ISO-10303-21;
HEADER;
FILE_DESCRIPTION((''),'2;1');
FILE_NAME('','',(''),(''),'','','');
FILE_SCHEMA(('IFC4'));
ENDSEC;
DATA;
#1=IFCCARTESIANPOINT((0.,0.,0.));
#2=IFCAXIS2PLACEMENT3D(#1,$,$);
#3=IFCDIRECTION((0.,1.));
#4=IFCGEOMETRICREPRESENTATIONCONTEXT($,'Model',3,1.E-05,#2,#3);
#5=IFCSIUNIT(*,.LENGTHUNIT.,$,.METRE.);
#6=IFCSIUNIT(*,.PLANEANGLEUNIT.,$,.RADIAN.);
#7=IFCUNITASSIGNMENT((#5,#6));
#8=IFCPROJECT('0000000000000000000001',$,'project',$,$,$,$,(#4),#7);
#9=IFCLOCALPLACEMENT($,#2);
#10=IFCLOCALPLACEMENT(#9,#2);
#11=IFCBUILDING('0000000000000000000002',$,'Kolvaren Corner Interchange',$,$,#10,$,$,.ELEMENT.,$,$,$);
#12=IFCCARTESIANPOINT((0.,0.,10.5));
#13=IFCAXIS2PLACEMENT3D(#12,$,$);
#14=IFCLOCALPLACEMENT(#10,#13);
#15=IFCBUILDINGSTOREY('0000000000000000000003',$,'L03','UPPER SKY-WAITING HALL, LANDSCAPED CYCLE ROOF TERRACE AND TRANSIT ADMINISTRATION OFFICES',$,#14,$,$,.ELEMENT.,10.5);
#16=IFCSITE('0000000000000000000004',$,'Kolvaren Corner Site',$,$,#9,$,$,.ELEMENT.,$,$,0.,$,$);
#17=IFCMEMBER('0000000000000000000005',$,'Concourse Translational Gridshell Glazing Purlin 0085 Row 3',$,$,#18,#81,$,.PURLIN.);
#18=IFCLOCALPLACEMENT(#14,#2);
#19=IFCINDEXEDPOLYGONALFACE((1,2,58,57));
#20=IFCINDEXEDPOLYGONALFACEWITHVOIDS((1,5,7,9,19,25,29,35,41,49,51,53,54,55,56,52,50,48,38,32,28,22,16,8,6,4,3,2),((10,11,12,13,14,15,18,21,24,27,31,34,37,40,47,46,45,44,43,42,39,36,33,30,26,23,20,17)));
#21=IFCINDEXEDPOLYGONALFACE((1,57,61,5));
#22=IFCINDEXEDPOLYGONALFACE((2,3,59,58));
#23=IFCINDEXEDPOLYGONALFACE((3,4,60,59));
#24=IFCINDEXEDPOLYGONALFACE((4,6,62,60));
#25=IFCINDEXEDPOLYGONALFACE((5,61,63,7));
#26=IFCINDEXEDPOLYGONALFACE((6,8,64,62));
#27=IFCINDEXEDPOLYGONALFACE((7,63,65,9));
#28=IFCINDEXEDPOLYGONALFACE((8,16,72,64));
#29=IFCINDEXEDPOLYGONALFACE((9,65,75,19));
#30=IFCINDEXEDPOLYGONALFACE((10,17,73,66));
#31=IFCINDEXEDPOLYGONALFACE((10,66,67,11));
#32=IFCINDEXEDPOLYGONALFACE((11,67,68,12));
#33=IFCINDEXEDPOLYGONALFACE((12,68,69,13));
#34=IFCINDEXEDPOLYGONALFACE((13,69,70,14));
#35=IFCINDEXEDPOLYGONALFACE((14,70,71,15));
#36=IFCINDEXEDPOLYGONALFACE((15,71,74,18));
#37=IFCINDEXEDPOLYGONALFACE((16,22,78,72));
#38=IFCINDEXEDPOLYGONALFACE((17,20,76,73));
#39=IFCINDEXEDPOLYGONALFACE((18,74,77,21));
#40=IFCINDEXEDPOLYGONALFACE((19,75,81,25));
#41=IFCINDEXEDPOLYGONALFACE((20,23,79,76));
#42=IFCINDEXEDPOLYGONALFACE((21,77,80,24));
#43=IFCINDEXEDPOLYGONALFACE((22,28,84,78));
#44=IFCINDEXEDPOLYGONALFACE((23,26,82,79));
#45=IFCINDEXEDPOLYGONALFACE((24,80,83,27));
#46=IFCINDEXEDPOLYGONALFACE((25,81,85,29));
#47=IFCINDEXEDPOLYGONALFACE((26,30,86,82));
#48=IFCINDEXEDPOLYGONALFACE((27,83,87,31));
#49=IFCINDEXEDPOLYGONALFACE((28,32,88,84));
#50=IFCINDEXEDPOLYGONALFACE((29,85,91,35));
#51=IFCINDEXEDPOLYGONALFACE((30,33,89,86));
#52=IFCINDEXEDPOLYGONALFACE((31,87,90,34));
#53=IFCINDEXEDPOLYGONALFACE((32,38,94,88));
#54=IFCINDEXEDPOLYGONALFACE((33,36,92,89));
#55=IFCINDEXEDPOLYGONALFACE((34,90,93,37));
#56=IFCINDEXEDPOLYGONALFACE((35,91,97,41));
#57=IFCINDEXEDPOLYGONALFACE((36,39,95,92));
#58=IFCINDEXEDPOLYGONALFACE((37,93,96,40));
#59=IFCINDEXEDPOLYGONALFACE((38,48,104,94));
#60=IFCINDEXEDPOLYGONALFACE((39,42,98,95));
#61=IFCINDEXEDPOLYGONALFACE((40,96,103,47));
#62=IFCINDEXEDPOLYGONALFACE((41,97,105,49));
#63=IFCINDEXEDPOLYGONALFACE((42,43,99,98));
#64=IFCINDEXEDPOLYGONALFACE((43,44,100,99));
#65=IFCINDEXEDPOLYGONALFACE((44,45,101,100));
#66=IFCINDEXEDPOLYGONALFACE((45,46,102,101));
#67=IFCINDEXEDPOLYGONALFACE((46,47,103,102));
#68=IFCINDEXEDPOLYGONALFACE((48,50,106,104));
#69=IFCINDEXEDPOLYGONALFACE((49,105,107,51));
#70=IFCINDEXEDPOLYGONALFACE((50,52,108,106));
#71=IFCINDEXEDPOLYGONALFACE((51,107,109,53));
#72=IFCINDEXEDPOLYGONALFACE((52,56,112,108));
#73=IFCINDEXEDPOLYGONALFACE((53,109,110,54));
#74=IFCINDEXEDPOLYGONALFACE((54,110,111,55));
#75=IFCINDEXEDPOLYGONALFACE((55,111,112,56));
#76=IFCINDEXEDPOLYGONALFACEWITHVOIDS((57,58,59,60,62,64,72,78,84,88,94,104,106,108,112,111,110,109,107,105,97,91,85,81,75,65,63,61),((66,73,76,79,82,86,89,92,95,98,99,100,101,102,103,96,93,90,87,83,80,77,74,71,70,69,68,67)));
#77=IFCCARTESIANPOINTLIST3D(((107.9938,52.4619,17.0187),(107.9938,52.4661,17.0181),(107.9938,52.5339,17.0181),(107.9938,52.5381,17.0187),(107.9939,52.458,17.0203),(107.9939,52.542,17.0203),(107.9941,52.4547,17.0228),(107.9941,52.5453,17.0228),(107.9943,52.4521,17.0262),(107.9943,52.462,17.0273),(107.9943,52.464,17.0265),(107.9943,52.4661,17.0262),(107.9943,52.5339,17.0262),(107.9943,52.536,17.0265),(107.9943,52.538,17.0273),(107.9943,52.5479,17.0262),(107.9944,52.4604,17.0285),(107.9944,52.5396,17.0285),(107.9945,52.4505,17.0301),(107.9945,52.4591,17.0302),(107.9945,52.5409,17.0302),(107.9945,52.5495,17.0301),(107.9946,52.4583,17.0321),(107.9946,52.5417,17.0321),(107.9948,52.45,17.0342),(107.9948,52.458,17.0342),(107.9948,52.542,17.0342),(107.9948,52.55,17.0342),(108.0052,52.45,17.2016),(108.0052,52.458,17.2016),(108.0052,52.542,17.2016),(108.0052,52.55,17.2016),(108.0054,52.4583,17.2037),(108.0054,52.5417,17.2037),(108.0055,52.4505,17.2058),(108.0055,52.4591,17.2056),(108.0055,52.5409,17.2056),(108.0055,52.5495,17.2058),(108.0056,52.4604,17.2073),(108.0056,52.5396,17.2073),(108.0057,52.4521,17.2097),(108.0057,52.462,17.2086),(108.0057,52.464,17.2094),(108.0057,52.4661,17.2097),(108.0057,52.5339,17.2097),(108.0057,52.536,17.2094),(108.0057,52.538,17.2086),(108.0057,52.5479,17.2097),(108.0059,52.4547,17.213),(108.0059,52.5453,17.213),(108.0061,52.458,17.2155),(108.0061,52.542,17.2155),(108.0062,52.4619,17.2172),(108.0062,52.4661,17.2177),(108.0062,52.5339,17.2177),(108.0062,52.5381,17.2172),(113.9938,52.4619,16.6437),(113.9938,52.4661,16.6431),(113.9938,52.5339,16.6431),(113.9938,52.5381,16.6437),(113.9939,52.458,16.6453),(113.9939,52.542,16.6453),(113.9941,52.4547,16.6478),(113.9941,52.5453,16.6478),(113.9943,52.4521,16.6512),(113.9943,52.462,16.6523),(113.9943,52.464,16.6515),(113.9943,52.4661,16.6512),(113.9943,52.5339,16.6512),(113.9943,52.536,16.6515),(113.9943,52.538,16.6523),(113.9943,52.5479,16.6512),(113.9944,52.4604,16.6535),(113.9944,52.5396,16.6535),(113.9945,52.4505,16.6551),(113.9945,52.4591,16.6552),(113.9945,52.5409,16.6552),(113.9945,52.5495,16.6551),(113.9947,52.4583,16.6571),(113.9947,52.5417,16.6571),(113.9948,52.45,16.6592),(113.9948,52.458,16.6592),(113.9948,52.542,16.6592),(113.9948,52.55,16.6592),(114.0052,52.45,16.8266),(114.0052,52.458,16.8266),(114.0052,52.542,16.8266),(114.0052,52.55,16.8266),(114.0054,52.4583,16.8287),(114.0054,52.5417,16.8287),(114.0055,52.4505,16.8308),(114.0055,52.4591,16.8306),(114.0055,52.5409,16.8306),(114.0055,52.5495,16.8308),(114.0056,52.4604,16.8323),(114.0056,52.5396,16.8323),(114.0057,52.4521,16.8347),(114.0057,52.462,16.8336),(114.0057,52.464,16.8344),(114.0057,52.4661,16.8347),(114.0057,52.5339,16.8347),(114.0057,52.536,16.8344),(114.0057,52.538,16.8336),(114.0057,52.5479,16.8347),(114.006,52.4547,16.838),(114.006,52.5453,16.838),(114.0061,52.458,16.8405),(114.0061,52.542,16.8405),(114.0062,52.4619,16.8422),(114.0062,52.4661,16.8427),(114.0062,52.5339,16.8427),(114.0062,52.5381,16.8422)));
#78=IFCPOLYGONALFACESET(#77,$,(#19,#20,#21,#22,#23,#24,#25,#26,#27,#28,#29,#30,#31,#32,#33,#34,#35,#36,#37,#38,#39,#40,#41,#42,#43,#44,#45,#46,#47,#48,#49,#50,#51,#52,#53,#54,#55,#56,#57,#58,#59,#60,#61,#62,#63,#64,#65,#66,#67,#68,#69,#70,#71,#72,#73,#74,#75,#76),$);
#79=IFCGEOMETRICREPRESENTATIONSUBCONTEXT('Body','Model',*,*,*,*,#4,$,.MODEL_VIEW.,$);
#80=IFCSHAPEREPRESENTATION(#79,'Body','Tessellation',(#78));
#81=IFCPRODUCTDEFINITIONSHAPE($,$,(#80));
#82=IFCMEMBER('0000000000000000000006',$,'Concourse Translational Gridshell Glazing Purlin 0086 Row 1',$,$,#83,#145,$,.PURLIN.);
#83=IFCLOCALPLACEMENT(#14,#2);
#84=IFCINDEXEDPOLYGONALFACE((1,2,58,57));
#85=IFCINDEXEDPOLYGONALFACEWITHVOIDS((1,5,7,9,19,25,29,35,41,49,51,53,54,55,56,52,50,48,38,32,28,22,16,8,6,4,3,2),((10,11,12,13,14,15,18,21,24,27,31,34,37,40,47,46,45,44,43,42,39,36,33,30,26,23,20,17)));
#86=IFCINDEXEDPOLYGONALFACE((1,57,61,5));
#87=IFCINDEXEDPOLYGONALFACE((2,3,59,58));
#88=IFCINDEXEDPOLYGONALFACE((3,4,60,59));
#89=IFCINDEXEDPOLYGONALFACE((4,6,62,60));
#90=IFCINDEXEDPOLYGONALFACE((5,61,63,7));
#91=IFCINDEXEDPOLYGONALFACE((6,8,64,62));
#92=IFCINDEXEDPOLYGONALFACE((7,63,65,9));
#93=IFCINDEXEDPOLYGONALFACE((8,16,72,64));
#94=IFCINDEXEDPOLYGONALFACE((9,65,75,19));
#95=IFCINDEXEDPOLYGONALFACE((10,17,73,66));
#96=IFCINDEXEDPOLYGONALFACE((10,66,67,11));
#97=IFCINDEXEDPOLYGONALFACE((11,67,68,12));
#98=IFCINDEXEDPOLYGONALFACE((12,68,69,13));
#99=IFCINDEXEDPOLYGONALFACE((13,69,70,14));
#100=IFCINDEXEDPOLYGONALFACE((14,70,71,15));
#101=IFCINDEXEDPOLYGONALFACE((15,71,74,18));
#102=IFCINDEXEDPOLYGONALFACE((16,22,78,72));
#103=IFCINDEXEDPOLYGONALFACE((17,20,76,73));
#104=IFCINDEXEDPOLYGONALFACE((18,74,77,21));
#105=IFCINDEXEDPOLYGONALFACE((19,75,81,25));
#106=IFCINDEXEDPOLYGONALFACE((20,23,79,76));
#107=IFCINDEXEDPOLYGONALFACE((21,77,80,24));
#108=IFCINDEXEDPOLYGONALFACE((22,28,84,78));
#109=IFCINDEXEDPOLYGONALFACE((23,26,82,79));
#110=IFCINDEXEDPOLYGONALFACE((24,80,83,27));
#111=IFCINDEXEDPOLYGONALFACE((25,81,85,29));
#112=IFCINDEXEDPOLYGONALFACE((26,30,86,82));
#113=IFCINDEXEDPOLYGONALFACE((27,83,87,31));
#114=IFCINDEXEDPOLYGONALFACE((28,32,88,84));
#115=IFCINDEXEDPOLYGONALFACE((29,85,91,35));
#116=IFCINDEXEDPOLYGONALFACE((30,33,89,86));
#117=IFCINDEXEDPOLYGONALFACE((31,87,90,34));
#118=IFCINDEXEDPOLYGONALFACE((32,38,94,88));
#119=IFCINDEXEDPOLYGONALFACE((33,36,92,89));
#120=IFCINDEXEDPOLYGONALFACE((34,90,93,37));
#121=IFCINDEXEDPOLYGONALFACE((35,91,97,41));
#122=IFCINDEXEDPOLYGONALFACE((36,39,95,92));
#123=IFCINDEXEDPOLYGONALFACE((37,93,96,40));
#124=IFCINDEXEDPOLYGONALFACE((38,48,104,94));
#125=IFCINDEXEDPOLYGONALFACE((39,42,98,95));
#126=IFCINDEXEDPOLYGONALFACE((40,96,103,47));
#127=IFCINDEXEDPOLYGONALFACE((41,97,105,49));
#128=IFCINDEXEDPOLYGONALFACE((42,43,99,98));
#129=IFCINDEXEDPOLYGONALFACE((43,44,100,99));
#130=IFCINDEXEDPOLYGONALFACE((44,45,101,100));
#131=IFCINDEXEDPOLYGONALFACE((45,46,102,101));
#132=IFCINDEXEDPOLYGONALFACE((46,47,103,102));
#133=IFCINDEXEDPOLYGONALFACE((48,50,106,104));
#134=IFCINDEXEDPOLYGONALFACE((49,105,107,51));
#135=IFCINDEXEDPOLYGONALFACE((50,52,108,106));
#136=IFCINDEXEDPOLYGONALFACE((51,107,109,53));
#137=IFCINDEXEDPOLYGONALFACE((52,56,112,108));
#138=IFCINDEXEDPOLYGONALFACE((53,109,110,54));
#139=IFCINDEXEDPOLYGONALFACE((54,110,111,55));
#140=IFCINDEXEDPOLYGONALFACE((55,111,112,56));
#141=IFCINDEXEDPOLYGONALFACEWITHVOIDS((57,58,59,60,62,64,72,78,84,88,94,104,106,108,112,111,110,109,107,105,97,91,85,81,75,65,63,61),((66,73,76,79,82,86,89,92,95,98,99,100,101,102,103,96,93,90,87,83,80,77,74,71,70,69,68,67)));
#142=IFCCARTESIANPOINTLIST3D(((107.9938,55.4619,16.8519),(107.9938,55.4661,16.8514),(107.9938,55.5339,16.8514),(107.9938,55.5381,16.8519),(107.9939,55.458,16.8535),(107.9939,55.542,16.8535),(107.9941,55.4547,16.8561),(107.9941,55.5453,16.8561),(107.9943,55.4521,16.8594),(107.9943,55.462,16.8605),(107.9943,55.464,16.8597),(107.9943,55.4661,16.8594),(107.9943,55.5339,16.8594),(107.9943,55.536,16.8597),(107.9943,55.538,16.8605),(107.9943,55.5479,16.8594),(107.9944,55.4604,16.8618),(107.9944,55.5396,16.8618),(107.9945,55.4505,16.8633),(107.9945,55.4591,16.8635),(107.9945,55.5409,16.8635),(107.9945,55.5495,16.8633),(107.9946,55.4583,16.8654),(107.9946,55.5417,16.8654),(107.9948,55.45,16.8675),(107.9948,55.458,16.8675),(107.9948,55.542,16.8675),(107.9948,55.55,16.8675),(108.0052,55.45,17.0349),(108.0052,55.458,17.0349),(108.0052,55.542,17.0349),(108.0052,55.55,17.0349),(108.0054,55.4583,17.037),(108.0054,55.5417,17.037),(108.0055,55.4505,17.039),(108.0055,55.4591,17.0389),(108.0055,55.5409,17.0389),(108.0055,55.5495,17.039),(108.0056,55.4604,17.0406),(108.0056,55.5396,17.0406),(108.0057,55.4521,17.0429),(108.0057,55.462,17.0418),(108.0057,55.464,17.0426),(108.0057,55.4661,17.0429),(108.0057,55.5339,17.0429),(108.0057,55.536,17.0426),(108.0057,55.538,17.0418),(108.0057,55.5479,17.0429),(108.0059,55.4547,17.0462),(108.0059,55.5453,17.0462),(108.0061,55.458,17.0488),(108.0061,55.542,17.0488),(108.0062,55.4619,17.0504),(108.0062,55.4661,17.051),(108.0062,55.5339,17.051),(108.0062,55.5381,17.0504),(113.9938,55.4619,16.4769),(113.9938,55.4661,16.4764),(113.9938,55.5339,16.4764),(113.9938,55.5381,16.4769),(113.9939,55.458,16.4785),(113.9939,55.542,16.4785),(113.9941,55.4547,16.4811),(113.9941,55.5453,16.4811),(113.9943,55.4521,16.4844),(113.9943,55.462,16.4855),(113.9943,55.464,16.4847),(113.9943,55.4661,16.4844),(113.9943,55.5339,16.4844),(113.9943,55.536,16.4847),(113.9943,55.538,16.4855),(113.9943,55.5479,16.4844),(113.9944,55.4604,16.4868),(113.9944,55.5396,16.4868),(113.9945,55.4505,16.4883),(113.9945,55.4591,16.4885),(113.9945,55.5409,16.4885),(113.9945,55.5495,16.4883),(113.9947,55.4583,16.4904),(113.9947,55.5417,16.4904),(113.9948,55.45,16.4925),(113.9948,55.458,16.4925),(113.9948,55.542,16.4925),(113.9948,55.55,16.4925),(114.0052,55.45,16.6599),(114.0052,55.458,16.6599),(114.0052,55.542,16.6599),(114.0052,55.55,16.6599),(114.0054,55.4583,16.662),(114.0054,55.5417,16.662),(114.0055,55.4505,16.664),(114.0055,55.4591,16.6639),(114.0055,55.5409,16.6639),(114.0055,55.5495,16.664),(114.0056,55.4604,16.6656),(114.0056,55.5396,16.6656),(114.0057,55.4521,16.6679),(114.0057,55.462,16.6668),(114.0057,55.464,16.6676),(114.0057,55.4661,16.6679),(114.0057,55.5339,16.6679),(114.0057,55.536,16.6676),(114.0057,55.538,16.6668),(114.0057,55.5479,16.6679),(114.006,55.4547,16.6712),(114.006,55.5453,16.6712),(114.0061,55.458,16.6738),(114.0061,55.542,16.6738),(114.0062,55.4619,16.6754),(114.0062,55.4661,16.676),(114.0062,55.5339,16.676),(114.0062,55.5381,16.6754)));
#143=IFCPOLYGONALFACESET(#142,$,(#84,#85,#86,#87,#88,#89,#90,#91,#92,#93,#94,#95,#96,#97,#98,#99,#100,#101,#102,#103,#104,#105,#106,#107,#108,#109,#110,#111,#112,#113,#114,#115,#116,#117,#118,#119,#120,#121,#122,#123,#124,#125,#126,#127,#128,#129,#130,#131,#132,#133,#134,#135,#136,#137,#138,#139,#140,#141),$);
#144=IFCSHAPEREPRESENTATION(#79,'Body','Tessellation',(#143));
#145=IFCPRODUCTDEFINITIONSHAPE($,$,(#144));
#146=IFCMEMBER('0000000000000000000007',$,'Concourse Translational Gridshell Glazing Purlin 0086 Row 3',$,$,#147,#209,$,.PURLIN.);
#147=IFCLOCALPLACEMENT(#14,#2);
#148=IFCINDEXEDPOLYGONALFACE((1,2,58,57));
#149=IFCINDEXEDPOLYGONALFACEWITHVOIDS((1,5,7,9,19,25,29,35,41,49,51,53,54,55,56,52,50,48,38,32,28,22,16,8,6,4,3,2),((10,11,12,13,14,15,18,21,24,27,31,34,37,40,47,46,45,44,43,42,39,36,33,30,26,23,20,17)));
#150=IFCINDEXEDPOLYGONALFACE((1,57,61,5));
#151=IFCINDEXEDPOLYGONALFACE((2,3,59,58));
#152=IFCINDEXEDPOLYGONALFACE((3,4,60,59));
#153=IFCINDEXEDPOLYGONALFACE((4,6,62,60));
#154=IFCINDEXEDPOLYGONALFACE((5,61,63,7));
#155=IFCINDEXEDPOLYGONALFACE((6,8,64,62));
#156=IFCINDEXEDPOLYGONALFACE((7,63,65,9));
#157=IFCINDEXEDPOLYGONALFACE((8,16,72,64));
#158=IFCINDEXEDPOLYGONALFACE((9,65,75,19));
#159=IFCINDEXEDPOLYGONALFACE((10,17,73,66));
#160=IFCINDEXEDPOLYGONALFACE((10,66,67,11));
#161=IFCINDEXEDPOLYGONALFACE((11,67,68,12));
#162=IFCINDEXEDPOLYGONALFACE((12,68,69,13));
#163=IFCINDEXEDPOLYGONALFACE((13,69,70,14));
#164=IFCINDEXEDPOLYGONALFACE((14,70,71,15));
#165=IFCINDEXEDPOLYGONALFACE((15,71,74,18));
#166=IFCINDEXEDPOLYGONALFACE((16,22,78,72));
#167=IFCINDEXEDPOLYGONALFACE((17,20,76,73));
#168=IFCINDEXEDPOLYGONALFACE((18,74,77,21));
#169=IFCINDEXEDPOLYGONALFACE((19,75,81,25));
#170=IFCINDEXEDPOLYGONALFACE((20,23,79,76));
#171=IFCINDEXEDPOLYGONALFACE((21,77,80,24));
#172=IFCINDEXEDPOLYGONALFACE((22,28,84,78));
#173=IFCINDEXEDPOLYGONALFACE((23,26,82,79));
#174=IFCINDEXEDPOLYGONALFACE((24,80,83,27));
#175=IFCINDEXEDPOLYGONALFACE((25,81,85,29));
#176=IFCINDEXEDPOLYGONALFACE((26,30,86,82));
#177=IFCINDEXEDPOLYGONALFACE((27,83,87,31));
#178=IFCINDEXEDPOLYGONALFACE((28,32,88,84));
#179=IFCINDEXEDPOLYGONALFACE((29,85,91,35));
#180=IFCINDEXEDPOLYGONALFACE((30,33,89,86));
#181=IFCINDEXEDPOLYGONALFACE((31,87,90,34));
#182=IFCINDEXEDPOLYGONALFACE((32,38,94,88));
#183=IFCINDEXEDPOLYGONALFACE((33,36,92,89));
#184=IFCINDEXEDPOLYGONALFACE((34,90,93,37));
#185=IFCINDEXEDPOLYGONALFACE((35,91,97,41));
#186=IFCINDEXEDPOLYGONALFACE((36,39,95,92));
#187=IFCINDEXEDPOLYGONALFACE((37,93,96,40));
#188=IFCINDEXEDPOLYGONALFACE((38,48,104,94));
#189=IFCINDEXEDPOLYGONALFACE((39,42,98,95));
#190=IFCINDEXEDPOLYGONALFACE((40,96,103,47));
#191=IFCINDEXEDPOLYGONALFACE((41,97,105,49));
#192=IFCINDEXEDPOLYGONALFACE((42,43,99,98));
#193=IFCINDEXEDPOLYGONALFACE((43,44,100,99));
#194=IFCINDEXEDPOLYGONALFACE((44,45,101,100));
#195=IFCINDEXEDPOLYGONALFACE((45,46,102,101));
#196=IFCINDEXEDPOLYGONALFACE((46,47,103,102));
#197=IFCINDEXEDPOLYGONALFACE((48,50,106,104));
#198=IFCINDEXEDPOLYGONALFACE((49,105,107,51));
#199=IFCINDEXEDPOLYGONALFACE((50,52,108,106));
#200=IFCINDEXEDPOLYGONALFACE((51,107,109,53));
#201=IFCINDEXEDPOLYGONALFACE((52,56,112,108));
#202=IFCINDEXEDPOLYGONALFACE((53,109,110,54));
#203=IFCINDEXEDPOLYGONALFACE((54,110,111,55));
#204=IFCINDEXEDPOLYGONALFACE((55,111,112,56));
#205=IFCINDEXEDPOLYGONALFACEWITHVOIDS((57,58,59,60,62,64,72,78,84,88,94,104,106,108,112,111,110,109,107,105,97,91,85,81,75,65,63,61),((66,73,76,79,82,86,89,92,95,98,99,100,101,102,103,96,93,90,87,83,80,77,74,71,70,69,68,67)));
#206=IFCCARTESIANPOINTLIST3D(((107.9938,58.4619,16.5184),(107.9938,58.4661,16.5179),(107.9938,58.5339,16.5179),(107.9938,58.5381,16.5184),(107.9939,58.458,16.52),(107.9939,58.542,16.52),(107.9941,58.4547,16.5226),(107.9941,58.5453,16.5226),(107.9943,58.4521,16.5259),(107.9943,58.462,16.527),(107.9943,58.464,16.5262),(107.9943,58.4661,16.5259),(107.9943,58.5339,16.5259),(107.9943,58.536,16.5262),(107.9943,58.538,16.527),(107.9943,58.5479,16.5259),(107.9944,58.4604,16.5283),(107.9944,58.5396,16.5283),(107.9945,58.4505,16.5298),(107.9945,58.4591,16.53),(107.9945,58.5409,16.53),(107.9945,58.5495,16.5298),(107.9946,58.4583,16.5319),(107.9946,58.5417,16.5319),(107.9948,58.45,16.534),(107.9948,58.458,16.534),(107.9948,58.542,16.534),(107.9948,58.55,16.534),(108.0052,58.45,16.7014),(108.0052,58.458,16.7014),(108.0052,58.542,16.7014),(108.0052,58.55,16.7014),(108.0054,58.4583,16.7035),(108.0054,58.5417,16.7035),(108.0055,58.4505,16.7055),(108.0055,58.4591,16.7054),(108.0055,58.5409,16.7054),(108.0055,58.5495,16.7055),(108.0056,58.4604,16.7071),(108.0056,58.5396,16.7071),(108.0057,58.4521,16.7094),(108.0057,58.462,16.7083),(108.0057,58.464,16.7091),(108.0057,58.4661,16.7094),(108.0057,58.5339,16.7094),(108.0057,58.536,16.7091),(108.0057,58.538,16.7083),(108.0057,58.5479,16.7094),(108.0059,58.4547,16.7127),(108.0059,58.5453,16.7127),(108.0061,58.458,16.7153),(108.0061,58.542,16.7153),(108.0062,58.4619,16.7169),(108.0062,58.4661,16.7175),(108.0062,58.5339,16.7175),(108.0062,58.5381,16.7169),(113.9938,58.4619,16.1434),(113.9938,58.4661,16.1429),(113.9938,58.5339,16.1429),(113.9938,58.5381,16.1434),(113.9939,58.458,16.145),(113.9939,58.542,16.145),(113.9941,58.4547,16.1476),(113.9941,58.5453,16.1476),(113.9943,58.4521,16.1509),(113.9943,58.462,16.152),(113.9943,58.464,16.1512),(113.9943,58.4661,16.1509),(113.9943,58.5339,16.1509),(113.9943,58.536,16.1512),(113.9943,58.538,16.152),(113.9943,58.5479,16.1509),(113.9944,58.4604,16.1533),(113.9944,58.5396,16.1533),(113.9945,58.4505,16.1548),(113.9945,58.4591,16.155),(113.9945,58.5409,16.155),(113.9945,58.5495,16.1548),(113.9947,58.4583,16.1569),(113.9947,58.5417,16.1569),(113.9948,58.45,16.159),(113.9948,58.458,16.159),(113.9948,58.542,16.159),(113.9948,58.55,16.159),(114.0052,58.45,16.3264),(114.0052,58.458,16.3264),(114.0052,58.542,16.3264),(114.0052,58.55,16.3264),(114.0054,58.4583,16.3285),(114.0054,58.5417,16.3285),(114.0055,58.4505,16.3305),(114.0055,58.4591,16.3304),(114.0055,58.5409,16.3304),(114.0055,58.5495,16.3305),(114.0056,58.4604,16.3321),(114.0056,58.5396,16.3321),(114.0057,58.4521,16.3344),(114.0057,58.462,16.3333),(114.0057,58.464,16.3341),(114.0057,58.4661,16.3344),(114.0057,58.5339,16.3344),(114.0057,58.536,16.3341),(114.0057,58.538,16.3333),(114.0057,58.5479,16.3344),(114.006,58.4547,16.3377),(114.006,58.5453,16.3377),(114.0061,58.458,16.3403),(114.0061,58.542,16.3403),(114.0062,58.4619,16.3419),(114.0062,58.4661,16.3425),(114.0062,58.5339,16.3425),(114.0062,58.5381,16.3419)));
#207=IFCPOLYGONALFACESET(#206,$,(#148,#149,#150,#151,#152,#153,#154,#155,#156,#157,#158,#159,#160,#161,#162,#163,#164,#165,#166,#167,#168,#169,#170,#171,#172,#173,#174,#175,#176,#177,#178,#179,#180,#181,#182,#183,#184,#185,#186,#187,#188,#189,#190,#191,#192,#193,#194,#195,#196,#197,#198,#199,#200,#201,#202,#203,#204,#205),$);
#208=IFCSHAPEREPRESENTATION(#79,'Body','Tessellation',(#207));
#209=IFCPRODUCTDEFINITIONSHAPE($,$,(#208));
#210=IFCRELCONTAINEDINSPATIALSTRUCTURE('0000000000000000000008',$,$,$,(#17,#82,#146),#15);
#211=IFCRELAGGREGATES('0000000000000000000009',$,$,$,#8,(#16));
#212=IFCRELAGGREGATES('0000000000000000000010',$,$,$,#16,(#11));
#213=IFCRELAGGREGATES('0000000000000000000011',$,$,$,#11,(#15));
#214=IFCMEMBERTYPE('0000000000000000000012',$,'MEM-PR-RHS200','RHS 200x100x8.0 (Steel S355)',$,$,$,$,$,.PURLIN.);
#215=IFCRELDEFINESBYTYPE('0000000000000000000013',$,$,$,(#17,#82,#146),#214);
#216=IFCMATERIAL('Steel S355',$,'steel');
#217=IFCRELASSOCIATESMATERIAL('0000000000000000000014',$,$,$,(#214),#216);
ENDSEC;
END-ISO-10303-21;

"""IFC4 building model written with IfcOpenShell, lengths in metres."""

from ifc_helpers import new_model, si_unit, direction, frame, origin, origin_2d, place, context, subcontext, project, spatial, hollow_rectangle, extrude, material, material_profile, profile_set, type_object, element, save


model = new_model("IFC4")

# Units and contexts
model_context = context("Model", 3, precision=1e-05, world=origin(), true_north=direction((0.0, 1.0)))
body_context = subcontext(model_context, "Body", "Model", "MODEL_VIEW")
ifc_project = project(units=[si_unit("LENGTHUNIT", "METRE"), si_unit("PLANEANGLEUNIT", "RADIAN")], contexts=[model_context])

# Site, building, storey
site_placement = place(None, origin())
site = spatial("IfcSite", under=ifc_project, at=site_placement, Name="Kolvaren Corner Site", CompositionType="ELEMENT", RefElevation=0.0)
building_placement = place(site_placement, origin())
building = spatial("IfcBuilding", under=site, at=building_placement, Name="Kolvaren Corner Interchange", CompositionType="ELEMENT")
storey_placement = place(building_placement, frame((0.0, 0.0, 10.5)))
storey = spatial("IfcBuildingStorey", under=building, at=storey_placement, Name="L03", Description="UPPER SKY-WAITING HALL, LANDSCAPED CYCLE ROOF TERRACE AND TRANSIT ADMINISTRATION OFFICES", CompositionType="ELEMENT", Elevation=10.5)

# Members
ifc_material_1 = material(Name="Steel S355", Category="steel")
ifc_material_profile_1 = material_profile(ifc_material_1, hollow_rectangle(XDim=0.1001, YDim=0.2, WallThickness=0.0081, InnerFilletRadius=0.0081, OuterFilletRadius=0.0161, at=origin_2d()), Name="RHS 200x100x8.0")
ifc_profile_set_1 = profile_set([ifc_material_profile_1], Name="Steel S355")
member_type_1 = type_object("IfcMemberType", Name="MEM-PR-RHS200", Description="RHS 200x100x8.0 (Steel S355)", PredefinedType="PURLIN", material=ifc_profile_set_1)
for number, where, z_axis, x_axis, name in (
    (1, (108.0, 52.5, 17.1179), (0.998053, 0.0, -0.062378), (0.0, 1.0, 0.0), "Concourse Translational Gridshell Glazing Purlin 0085 Row 3"),
    (2, (108.0, 55.5, 16.9512), (0.998053, 0.0, -0.062378), (0.0, 1.0, 0.0), "Concourse Translational Gridshell Glazing Purlin 0086 Row 1"),
    (3, (108.0, 58.5, 16.6177), (0.998053, 0.0, -0.062378), (0.0, 1.0, 0.0), "Concourse Translational Gridshell Glazing Purlin 0086 Row 3"),
):
    element("IfcMember", number, at=place(storey_placement, frame(where, z_axis=z_axis, x_axis=x_axis)), inside=storey, type_object=member_type_1, Name=name, PredefinedType="PURLIN", context=body_context, shape_type="SweptSolid", body=[
        extrude(hollow_rectangle(XDim=0.1001, YDim=0.2, WallThickness=0.0081, InnerFilletRadius=0.0081, OuterFilletRadius=0.0161, at=origin_2d()), origin(), (0.0, 0.0, 1.0), 6.0117),
    ])

save(model, "model.ifc")
